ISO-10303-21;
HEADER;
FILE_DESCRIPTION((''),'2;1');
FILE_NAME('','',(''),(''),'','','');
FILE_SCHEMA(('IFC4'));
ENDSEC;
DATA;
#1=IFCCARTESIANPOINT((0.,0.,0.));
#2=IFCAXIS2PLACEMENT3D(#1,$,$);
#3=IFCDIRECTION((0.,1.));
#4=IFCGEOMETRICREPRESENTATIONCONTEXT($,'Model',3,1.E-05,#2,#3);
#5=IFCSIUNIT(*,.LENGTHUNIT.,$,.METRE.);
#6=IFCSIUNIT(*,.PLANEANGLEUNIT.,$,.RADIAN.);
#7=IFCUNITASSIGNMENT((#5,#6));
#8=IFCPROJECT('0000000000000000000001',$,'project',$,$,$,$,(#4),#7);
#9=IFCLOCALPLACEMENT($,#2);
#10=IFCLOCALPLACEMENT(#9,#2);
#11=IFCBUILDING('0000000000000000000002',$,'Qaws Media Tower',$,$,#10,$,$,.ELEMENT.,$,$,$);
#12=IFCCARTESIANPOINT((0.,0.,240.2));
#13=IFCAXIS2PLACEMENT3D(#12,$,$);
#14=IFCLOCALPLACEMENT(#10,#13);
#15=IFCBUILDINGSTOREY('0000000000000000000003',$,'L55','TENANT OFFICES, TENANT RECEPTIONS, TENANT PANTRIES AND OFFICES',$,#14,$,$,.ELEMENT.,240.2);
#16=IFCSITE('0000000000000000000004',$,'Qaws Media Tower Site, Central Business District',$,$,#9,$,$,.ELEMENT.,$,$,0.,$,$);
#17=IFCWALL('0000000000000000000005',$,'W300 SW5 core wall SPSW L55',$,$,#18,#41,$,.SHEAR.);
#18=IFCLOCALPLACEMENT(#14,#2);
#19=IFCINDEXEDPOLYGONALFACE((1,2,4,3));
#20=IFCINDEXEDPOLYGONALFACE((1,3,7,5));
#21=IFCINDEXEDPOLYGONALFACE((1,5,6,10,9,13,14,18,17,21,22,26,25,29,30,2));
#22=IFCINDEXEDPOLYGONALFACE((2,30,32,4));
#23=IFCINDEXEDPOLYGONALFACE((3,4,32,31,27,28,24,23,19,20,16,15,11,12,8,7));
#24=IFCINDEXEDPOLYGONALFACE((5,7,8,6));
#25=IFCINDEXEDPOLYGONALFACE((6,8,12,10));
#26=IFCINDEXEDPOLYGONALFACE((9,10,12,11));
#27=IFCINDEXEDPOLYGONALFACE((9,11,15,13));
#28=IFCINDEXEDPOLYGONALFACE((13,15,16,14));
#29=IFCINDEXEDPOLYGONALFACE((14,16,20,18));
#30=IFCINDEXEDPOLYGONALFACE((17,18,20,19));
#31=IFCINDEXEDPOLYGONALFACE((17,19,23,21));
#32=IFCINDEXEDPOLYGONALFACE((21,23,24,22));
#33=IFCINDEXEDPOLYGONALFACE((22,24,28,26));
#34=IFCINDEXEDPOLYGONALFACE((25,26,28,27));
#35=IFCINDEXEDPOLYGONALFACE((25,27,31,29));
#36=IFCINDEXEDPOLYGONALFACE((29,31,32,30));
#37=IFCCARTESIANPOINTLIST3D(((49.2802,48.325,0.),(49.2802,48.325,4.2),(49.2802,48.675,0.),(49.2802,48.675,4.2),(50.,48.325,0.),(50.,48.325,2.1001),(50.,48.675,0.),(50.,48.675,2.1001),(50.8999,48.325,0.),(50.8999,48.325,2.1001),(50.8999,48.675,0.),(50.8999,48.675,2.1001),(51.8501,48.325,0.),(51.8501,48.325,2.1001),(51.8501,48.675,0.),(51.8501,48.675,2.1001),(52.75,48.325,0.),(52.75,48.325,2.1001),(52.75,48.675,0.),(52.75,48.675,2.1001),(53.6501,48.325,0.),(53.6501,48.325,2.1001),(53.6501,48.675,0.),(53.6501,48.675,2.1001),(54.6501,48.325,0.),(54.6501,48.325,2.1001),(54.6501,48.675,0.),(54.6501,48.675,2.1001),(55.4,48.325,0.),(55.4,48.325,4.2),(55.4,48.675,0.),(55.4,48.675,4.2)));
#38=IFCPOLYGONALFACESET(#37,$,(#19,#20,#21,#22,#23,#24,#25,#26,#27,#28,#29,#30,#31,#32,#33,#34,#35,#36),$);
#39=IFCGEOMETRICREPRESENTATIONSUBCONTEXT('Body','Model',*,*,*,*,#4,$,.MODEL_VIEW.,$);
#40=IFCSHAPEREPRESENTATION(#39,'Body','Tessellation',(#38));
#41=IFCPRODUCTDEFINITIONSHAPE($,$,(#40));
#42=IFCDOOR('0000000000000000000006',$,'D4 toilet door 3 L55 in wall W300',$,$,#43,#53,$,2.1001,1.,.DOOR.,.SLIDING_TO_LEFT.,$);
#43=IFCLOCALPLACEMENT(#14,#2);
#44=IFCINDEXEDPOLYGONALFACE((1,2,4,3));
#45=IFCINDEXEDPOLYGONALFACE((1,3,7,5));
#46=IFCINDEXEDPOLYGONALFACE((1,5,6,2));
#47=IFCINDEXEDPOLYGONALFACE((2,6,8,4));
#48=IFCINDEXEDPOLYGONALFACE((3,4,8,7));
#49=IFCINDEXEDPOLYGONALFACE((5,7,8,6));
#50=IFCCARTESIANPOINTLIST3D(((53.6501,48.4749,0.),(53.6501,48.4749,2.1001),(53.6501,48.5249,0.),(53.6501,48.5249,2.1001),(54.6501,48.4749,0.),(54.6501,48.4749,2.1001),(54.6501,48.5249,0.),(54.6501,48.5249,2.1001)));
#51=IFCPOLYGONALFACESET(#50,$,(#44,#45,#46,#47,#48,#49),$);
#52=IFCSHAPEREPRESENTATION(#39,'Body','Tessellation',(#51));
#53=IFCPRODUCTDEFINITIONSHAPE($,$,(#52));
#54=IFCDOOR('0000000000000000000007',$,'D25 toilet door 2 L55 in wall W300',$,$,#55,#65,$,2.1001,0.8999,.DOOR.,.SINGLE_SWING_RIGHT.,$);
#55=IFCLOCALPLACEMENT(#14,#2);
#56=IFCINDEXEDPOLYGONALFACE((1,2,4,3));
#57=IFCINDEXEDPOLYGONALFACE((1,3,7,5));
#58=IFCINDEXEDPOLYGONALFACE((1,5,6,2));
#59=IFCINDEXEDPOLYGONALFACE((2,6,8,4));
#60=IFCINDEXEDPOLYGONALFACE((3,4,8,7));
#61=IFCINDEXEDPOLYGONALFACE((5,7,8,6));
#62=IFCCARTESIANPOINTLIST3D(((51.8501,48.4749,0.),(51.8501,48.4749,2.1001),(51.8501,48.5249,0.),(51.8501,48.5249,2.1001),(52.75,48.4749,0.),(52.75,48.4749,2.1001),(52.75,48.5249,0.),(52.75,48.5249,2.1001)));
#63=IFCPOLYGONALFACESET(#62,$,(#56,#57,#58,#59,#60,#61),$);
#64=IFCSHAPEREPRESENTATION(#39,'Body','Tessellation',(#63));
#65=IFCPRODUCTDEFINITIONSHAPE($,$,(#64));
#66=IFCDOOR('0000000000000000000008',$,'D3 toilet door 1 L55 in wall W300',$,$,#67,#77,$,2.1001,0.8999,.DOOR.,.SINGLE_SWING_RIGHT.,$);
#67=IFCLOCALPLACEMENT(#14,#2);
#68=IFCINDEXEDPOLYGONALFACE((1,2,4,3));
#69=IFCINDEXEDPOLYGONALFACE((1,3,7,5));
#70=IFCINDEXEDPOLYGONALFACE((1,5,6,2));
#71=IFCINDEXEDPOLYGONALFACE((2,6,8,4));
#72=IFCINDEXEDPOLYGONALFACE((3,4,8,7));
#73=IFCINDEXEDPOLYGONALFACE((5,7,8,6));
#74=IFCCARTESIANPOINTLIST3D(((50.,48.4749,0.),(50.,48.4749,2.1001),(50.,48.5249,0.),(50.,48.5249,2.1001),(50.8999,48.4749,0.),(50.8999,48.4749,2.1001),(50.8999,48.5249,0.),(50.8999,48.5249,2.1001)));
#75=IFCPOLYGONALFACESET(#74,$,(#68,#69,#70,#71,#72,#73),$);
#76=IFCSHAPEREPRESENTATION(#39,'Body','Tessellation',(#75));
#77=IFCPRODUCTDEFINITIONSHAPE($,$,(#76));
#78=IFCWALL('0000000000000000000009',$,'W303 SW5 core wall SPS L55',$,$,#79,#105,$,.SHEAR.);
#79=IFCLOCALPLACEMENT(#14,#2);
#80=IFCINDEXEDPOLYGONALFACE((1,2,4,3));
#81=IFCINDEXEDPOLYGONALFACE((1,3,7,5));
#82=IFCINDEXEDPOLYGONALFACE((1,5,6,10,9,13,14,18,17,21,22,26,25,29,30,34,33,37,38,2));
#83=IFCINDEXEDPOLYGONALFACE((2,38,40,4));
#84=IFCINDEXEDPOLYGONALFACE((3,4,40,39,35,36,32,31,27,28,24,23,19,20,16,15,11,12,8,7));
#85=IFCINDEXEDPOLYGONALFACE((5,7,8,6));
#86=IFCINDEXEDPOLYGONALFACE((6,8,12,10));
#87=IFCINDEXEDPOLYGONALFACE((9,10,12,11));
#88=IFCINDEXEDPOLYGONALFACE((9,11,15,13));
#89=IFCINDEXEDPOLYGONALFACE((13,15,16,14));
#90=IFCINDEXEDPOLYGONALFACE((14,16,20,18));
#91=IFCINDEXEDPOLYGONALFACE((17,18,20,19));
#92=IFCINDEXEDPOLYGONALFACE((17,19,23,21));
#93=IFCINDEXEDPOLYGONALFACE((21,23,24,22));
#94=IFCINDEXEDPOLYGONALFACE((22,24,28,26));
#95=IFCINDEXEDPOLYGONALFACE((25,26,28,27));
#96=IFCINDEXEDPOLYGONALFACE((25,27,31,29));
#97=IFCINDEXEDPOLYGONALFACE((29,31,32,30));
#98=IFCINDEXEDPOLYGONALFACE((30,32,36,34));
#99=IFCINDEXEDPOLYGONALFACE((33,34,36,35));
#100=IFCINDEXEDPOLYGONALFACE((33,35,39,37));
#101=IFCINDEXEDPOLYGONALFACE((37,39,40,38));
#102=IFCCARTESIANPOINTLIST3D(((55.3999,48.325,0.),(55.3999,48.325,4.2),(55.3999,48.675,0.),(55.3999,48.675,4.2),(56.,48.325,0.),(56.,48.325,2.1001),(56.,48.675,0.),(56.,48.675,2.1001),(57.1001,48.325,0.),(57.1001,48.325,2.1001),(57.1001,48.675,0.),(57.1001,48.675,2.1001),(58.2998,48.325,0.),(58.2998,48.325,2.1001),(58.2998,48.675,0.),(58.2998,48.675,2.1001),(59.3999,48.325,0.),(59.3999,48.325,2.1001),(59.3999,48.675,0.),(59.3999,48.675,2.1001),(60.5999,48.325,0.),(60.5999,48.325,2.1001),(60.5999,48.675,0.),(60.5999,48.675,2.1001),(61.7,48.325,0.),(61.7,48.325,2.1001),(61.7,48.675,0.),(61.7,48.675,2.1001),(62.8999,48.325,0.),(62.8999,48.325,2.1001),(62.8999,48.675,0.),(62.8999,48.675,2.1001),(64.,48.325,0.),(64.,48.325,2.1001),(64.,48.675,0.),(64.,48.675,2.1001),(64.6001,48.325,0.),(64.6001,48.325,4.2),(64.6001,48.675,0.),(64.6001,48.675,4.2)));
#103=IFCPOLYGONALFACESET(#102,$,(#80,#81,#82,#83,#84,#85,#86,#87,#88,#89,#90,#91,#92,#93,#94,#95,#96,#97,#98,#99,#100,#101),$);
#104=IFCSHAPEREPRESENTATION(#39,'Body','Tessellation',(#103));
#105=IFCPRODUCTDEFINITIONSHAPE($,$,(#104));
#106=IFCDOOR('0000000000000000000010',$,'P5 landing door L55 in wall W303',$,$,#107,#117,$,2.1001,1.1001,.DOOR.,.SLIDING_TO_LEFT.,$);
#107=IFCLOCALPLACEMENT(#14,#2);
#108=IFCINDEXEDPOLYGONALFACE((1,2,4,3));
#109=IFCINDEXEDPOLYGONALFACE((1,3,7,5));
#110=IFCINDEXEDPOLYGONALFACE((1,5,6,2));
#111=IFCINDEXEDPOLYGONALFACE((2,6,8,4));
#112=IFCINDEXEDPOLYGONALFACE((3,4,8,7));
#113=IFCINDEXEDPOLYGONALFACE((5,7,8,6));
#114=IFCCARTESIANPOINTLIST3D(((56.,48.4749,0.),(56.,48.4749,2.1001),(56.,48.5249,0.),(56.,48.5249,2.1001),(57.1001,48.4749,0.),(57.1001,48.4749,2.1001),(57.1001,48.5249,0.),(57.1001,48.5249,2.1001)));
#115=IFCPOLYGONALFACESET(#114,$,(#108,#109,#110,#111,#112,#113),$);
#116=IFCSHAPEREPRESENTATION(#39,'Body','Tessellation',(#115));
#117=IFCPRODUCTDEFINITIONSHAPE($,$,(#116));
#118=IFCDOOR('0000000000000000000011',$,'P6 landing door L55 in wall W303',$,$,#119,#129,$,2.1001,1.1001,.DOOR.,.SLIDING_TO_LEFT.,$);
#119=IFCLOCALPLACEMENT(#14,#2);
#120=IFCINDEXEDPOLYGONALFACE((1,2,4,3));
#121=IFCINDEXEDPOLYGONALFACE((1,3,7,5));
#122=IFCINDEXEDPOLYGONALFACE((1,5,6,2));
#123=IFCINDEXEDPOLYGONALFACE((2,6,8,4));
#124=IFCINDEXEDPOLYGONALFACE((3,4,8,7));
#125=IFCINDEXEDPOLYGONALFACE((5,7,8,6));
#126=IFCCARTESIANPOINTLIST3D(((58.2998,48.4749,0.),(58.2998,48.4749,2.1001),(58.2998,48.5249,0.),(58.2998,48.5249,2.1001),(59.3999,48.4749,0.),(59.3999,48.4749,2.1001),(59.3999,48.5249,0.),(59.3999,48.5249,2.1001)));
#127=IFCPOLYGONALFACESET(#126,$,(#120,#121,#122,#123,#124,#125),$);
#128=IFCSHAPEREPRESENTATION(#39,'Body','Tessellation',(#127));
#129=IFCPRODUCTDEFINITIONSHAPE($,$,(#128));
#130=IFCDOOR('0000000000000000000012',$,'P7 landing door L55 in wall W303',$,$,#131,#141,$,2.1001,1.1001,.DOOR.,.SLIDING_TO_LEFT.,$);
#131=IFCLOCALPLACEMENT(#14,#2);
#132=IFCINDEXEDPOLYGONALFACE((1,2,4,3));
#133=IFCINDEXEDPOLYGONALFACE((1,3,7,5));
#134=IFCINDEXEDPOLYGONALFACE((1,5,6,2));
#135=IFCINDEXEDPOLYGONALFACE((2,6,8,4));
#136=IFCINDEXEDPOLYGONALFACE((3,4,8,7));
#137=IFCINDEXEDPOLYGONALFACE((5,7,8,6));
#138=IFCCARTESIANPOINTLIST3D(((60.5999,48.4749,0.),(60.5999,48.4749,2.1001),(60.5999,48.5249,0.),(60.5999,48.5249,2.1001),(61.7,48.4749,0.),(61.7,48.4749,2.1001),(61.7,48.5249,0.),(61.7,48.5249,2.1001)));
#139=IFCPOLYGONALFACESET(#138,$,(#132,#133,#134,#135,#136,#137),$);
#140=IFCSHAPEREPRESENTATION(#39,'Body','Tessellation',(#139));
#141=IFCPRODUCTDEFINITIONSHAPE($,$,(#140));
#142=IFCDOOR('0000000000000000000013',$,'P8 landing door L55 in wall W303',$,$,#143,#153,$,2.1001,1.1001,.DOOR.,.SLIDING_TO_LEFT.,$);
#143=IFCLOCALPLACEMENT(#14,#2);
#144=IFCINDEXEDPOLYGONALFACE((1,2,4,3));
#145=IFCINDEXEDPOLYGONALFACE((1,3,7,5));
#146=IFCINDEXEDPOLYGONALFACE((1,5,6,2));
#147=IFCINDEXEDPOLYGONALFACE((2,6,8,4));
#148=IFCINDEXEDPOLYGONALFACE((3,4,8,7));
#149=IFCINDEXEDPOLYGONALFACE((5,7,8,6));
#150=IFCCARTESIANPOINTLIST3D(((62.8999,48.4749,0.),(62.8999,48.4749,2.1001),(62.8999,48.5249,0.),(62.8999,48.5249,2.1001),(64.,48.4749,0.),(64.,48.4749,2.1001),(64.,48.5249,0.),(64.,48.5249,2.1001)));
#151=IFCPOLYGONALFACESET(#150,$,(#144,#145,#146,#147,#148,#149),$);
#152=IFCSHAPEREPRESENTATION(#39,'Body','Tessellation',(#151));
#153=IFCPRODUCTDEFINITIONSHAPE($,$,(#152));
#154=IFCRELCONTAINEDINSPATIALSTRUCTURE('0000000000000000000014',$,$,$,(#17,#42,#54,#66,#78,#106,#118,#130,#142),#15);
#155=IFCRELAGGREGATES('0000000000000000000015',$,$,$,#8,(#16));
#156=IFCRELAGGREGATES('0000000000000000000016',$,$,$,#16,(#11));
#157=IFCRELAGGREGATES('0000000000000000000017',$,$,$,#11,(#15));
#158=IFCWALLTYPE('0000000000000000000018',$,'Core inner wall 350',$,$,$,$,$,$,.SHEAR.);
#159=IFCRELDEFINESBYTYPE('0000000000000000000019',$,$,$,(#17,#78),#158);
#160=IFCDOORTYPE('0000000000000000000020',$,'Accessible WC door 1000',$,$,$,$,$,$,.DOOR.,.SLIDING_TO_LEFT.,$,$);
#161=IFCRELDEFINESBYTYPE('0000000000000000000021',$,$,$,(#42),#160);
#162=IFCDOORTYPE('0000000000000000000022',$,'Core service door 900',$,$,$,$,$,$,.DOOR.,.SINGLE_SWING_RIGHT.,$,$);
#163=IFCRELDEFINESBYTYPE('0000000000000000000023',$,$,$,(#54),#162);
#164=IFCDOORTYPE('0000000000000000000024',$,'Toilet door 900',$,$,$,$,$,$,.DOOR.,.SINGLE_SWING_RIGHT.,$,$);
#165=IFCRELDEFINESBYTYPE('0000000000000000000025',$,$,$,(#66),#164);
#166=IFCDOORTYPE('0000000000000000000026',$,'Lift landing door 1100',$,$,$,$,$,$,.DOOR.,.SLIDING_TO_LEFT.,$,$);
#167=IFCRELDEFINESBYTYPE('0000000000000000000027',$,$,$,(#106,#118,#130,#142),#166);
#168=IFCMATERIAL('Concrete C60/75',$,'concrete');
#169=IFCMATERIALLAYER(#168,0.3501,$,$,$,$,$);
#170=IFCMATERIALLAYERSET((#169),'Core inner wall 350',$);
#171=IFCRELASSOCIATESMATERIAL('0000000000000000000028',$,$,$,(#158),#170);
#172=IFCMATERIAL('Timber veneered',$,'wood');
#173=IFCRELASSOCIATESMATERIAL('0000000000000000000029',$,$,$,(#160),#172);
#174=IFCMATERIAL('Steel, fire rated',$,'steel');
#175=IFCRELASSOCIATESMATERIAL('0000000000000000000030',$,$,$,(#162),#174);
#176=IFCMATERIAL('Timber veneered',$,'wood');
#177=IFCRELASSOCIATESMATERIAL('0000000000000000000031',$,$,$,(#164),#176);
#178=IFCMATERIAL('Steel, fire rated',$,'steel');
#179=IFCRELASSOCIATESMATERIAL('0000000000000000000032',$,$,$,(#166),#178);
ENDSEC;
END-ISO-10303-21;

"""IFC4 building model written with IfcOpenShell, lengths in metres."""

from ifc_helpers import new_model, si_unit, direction, frame, frame_2d, origin, place, context, subcontext, project, spatial, rectangle, extrude, material, layer, layer_set, type_object, element, fill, save


model = new_model("IFC4")

# Units and contexts
model_context = context("Model", 3, precision=1e-05, world=origin(), true_north=direction((0.0, 1.0)))
body_context = subcontext(model_context, "Body", "Model", "MODEL_VIEW")
ifc_project = project(units=[si_unit("LENGTHUNIT", "METRE"), si_unit("PLANEANGLEUNIT", "RADIAN")], contexts=[model_context])

# Site, building, storey
site_placement = place(None, origin())
site = spatial("IfcSite", under=ifc_project, at=site_placement, Name="Qaws Media Tower Site, Central Business District", CompositionType="ELEMENT", RefElevation=0.0)
building_placement = place(site_placement, origin())
building = spatial("IfcBuilding", under=site, at=building_placement, Name="Qaws Media Tower", CompositionType="ELEMENT")
storey_placement = place(building_placement, frame((0.0, 0.0, 240.2)))
storey = spatial("IfcBuildingStorey", under=building, at=storey_placement, Name="L55", Description="TENANT OFFICES, TENANT RECEPTIONS, TENANT PANTRIES AND OFFICES", CompositionType="ELEMENT", Elevation=240.2)

# Shared definitions
ifc_material_1 = material(Name="Concrete C60/75", Category="concrete")
ifc_layer_1 = layer(ifc_material_1, 0.3501)
ifc_layer_set_1 = layer_set([ifc_layer_1], Name="Core inner wall 350")
wall_type_1 = type_object("IfcWallType", Name="Core inner wall 350", PredefinedType="SHEAR", material=ifc_layer_set_1)

# Walls, openings, doors
wall_1_placement = place(storey_placement, frame((49.28, 48.5, 0.0), z_axis=(0.0, 0.0, 1.0), x_axis=(1.0, 0.0, 0.0)))
wall_1 = element("IfcWall", 1, at=wall_1_placement, inside=storey, type_object=wall_type_1, Name="W300 SW5 core wall SPSW L55", PredefinedType="SHEAR", context=body_context, shape_type="SweptSolid", body=[
    extrude(rectangle(XDim=6.1199, YDim=0.3501, at=frame_2d((3.0601, 0.0))), origin(), (0.0, 0.0, 1.0), 4.2),
])
opening_1_placement = place(wall_1_placement, frame((0.72, 0.0, 0.0)))
opening_1 = element("IfcOpeningElement", 2, at=opening_1_placement, cuts=wall_1, PredefinedType="OPENING", context=body_context, shape_type="SweptSolid", body=[
    extrude(rectangle(XDim=0.8999, YDim=2.1001, at=frame_2d((0.45, 1.05))), frame((0.0, 0.1851, 0.0), z_axis=(0.0, -1.0, 0.0), x_axis=(1.0, 0.0, 0.0)), (0.0, 0.0, 1.0), 0.3701),
])
opening_2_placement = place(wall_1_placement, frame((2.5701, 0.0, 0.0)))
opening_2 = element("IfcOpeningElement", 3, at=opening_2_placement, cuts=wall_1, PredefinedType="OPENING", context=body_context, shape_type="SweptSolid", body=[
    extrude(rectangle(XDim=0.8999, YDim=2.1001, at=frame_2d((0.45, 1.05))), frame((0.0, 0.1851, 0.0), z_axis=(0.0, -1.0, 0.0), x_axis=(1.0, 0.0, 0.0)), (0.0, 0.0, 1.0), 0.3701),
])
opening_3_placement = place(wall_1_placement, frame((4.3701, 0.0, 0.0)))
opening_3 = element("IfcOpeningElement", 4, at=opening_3_placement, cuts=wall_1, PredefinedType="OPENING", context=body_context, shape_type="SweptSolid", body=[
    extrude(rectangle(XDim=1.0, YDim=2.1001, at=frame_2d((0.5, 1.05))), frame((0.0, 0.1851, 0.0), z_axis=(0.0, -1.0, 0.0), x_axis=(1.0, 0.0, 0.0)), (0.0, 0.0, 1.0), 0.3701),
])
ifc_material_2 = material(Name="Timber veneered", Category="wood")
door_type_1 = type_object("IfcDoorType", Name="Accessible WC door 1000", OperationType="SLIDING_TO_LEFT", PredefinedType="DOOR", material=ifc_material_2)
door_1_placement = place(opening_3_placement, origin())
door_1 = element("IfcDoor", 5, at=door_1_placement, inside=storey, type_object=door_type_1, Name="D4 toilet door 3 L55 in wall W300", OperationType="SLIDING_TO_LEFT", OverallHeight=2.1001, OverallWidth=1.0, PredefinedType="DOOR", context=body_context, shape_type="SweptSolid", body=[
    extrude(rectangle(XDim=1.0, YDim=2.1001, at=frame_2d((0.5, 1.05))), frame((0.0, 0.0249, 0.0), z_axis=(0.0, -1.0, 0.0), x_axis=(1.0, 0.0, 0.0)), (0.0, 0.0, 1.0), 0.05),
])
fill(opening_3, door_1)
ifc_material_3 = material(Name="Steel, fire rated", Category="steel")
door_type_2 = type_object("IfcDoorType", Name="Core service door 900", OperationType="SINGLE_SWING_RIGHT", PredefinedType="DOOR", material=ifc_material_3)
door_2_placement = place(opening_2_placement, origin())
door_2 = element("IfcDoor", 6, at=door_2_placement, inside=storey, type_object=door_type_2, Name="D25 toilet door 2 L55 in wall W300", OperationType="SINGLE_SWING_RIGHT", OverallHeight=2.1001, OverallWidth=0.8999, PredefinedType="DOOR", context=body_context, shape_type="SweptSolid", body=[
    extrude(rectangle(XDim=0.8999, YDim=2.1001, at=frame_2d((0.45, 1.05))), frame((0.0, 0.0249, 0.0), z_axis=(0.0, -1.0, 0.0), x_axis=(1.0, 0.0, 0.0)), (0.0, 0.0, 1.0), 0.05),
])
fill(opening_2, door_2)
ifc_material_4 = material(Name="Timber veneered", Category="wood")
door_type_3 = type_object("IfcDoorType", Name="Toilet door 900", OperationType="SINGLE_SWING_RIGHT", PredefinedType="DOOR", material=ifc_material_4)
door_3_placement = place(opening_1_placement, origin())
door_3 = element("IfcDoor", 7, at=door_3_placement, inside=storey, type_object=door_type_3, Name="D3 toilet door 1 L55 in wall W300", OperationType="SINGLE_SWING_RIGHT", OverallHeight=2.1001, OverallWidth=0.8999, PredefinedType="DOOR", context=body_context, shape_type="SweptSolid", body=[
    extrude(rectangle(XDim=0.8999, YDim=2.1001, at=frame_2d((0.45, 1.05))), frame((0.0, 0.0249, 0.0), z_axis=(0.0, -1.0, 0.0), x_axis=(1.0, 0.0, 0.0)), (0.0, 0.0, 1.0), 0.05),
])
fill(opening_1, door_3)
wall_2_placement = place(storey_placement, frame((55.3999, 48.5, 0.0), z_axis=(0.0, 0.0, 1.0), x_axis=(1.0, 0.0, 0.0)))
wall_2 = element("IfcWall", 8, at=wall_2_placement, inside=storey, type_object=wall_type_1, Name="W303 SW5 core wall SPS L55", PredefinedType="SHEAR", context=body_context, shape_type="SweptSolid", body=[
    extrude(rectangle(XDim=9.2002, YDim=0.3501, at=frame_2d((4.6001, 0.0))), origin(), (0.0, 0.0, 1.0), 4.2),
])
opening_4_placement = place(wall_2_placement, frame((0.6001, 0.0, 0.0)))
opening_4 = element("IfcOpeningElement", 9, at=opening_4_placement, cuts=wall_2, PredefinedType="OPENING", context=body_context, shape_type="SweptSolid", body=[
    extrude(rectangle(XDim=1.1001, YDim=2.1001, at=frame_2d((0.55, 1.05))), frame((0.0, 0.1851, 0.0), z_axis=(0.0, -1.0, 0.0), x_axis=(1.0, 0.0, 0.0)), (0.0, 0.0, 1.0), 0.3701),
])
opening_5_placement = place(wall_2_placement, frame((2.8999, 0.0, 0.0)))
opening_5 = element("IfcOpeningElement", 10, at=opening_5_placement, cuts=wall_2, PredefinedType="OPENING", context=body_context, shape_type="SweptSolid", body=[
    extrude(rectangle(XDim=1.1001, YDim=2.1001, at=frame_2d((0.55, 1.05))), frame((0.0, 0.1851, 0.0), z_axis=(0.0, -1.0, 0.0), x_axis=(1.0, 0.0, 0.0)), (0.0, 0.0, 1.0), 0.3701),
])
opening_6_placement = place(wall_2_placement, frame((5.2, 0.0, 0.0)))
opening_6 = element("IfcOpeningElement", 11, at=opening_6_placement, cuts=wall_2, PredefinedType="OPENING", context=body_context, shape_type="SweptSolid", body=[
    extrude(rectangle(XDim=1.1001, YDim=2.1001, at=frame_2d((0.55, 1.05))), frame((0.0, 0.1851, 0.0), z_axis=(0.0, -1.0, 0.0), x_axis=(1.0, 0.0, 0.0)), (0.0, 0.0, 1.0), 0.3701),
])
opening_7_placement = place(wall_2_placement, frame((7.5, 0.0, 0.0)))
opening_7 = element("IfcOpeningElement", 12, at=opening_7_placement, cuts=wall_2, PredefinedType="OPENING", context=body_context, shape_type="SweptSolid", body=[
    extrude(rectangle(XDim=1.1001, YDim=2.1001, at=frame_2d((0.55, 1.05))), frame((0.0, 0.1851, 0.0), z_axis=(0.0, -1.0, 0.0), x_axis=(1.0, 0.0, 0.0)), (0.0, 0.0, 1.0), 0.3701),
])
ifc_material_5 = material(Name="Steel, fire rated", Category="steel")
door_type_4 = type_object("IfcDoorType", Name="Lift landing door 1100", OperationType="SLIDING_TO_LEFT", PredefinedType="DOOR", material=ifc_material_5)
door_4_placement = place(opening_4_placement, origin())
door_4 = element("IfcDoor", 13, at=door_4_placement, inside=storey, type_object=door_type_4, Name="P5 landing door L55 in wall W303", OperationType="SLIDING_TO_LEFT", OverallHeight=2.1001, OverallWidth=1.1001, PredefinedType="DOOR", context=body_context, shape_type="SweptSolid", body=[
    extrude(rectangle(XDim=1.1001, YDim=2.1001, at=frame_2d((0.55, 1.05))), frame((0.0, 0.0249, 0.0), z_axis=(0.0, -1.0, 0.0), x_axis=(1.0, 0.0, 0.0)), (0.0, 0.0, 1.0), 0.05),
])
fill(opening_4, door_4)
door_5_placement = place(opening_5_placement, origin())
door_5 = element("IfcDoor", 14, at=door_5_placement, inside=storey, type_object=door_type_4, Name="P6 landing door L55 in wall W303", OperationType="SLIDING_TO_LEFT", OverallHeight=2.1001, OverallWidth=1.1001, PredefinedType="DOOR", context=body_context, shape_type="SweptSolid", body=[
    extrude(rectangle(XDim=1.1001, YDim=2.1001, at=frame_2d((0.55, 1.05))), frame((0.0, 0.0249, 0.0), z_axis=(0.0, -1.0, 0.0), x_axis=(1.0, 0.0, 0.0)), (0.0, 0.0, 1.0), 0.05),
])
fill(opening_5, door_5)
door_6_placement = place(opening_6_placement, origin())
door_6 = element("IfcDoor", 15, at=door_6_placement, inside=storey, type_object=door_type_4, Name="P7 landing door L55 in wall W303", OperationType="SLIDING_TO_LEFT", OverallHeight=2.1001, OverallWidth=1.1001, PredefinedType="DOOR", context=body_context, shape_type="SweptSolid", body=[
    extrude(rectangle(XDim=1.1001, YDim=2.1001, at=frame_2d((0.55, 1.05))), frame((0.0, 0.0249, 0.0), z_axis=(0.0, -1.0, 0.0), x_axis=(1.0, 0.0, 0.0)), (0.0, 0.0, 1.0), 0.05),
])
fill(opening_6, door_6)
door_7_placement = place(opening_7_placement, origin())
door_7 = element("IfcDoor", 16, at=door_7_placement, inside=storey, type_object=door_type_4, Name="P8 landing door L55 in wall W303", OperationType="SLIDING_TO_LEFT", OverallHeight=2.1001, OverallWidth=1.1001, PredefinedType="DOOR", context=body_context, shape_type="SweptSolid", body=[
    extrude(rectangle(XDim=1.1001, YDim=2.1001, at=frame_2d((0.55, 1.05))), frame((0.0, 0.0249, 0.0), z_axis=(0.0, -1.0, 0.0), x_axis=(1.0, 0.0, 0.0)), (0.0, 0.0, 1.0), 0.05),
])
fill(opening_7, door_7)

save(model, "model.ifc")
